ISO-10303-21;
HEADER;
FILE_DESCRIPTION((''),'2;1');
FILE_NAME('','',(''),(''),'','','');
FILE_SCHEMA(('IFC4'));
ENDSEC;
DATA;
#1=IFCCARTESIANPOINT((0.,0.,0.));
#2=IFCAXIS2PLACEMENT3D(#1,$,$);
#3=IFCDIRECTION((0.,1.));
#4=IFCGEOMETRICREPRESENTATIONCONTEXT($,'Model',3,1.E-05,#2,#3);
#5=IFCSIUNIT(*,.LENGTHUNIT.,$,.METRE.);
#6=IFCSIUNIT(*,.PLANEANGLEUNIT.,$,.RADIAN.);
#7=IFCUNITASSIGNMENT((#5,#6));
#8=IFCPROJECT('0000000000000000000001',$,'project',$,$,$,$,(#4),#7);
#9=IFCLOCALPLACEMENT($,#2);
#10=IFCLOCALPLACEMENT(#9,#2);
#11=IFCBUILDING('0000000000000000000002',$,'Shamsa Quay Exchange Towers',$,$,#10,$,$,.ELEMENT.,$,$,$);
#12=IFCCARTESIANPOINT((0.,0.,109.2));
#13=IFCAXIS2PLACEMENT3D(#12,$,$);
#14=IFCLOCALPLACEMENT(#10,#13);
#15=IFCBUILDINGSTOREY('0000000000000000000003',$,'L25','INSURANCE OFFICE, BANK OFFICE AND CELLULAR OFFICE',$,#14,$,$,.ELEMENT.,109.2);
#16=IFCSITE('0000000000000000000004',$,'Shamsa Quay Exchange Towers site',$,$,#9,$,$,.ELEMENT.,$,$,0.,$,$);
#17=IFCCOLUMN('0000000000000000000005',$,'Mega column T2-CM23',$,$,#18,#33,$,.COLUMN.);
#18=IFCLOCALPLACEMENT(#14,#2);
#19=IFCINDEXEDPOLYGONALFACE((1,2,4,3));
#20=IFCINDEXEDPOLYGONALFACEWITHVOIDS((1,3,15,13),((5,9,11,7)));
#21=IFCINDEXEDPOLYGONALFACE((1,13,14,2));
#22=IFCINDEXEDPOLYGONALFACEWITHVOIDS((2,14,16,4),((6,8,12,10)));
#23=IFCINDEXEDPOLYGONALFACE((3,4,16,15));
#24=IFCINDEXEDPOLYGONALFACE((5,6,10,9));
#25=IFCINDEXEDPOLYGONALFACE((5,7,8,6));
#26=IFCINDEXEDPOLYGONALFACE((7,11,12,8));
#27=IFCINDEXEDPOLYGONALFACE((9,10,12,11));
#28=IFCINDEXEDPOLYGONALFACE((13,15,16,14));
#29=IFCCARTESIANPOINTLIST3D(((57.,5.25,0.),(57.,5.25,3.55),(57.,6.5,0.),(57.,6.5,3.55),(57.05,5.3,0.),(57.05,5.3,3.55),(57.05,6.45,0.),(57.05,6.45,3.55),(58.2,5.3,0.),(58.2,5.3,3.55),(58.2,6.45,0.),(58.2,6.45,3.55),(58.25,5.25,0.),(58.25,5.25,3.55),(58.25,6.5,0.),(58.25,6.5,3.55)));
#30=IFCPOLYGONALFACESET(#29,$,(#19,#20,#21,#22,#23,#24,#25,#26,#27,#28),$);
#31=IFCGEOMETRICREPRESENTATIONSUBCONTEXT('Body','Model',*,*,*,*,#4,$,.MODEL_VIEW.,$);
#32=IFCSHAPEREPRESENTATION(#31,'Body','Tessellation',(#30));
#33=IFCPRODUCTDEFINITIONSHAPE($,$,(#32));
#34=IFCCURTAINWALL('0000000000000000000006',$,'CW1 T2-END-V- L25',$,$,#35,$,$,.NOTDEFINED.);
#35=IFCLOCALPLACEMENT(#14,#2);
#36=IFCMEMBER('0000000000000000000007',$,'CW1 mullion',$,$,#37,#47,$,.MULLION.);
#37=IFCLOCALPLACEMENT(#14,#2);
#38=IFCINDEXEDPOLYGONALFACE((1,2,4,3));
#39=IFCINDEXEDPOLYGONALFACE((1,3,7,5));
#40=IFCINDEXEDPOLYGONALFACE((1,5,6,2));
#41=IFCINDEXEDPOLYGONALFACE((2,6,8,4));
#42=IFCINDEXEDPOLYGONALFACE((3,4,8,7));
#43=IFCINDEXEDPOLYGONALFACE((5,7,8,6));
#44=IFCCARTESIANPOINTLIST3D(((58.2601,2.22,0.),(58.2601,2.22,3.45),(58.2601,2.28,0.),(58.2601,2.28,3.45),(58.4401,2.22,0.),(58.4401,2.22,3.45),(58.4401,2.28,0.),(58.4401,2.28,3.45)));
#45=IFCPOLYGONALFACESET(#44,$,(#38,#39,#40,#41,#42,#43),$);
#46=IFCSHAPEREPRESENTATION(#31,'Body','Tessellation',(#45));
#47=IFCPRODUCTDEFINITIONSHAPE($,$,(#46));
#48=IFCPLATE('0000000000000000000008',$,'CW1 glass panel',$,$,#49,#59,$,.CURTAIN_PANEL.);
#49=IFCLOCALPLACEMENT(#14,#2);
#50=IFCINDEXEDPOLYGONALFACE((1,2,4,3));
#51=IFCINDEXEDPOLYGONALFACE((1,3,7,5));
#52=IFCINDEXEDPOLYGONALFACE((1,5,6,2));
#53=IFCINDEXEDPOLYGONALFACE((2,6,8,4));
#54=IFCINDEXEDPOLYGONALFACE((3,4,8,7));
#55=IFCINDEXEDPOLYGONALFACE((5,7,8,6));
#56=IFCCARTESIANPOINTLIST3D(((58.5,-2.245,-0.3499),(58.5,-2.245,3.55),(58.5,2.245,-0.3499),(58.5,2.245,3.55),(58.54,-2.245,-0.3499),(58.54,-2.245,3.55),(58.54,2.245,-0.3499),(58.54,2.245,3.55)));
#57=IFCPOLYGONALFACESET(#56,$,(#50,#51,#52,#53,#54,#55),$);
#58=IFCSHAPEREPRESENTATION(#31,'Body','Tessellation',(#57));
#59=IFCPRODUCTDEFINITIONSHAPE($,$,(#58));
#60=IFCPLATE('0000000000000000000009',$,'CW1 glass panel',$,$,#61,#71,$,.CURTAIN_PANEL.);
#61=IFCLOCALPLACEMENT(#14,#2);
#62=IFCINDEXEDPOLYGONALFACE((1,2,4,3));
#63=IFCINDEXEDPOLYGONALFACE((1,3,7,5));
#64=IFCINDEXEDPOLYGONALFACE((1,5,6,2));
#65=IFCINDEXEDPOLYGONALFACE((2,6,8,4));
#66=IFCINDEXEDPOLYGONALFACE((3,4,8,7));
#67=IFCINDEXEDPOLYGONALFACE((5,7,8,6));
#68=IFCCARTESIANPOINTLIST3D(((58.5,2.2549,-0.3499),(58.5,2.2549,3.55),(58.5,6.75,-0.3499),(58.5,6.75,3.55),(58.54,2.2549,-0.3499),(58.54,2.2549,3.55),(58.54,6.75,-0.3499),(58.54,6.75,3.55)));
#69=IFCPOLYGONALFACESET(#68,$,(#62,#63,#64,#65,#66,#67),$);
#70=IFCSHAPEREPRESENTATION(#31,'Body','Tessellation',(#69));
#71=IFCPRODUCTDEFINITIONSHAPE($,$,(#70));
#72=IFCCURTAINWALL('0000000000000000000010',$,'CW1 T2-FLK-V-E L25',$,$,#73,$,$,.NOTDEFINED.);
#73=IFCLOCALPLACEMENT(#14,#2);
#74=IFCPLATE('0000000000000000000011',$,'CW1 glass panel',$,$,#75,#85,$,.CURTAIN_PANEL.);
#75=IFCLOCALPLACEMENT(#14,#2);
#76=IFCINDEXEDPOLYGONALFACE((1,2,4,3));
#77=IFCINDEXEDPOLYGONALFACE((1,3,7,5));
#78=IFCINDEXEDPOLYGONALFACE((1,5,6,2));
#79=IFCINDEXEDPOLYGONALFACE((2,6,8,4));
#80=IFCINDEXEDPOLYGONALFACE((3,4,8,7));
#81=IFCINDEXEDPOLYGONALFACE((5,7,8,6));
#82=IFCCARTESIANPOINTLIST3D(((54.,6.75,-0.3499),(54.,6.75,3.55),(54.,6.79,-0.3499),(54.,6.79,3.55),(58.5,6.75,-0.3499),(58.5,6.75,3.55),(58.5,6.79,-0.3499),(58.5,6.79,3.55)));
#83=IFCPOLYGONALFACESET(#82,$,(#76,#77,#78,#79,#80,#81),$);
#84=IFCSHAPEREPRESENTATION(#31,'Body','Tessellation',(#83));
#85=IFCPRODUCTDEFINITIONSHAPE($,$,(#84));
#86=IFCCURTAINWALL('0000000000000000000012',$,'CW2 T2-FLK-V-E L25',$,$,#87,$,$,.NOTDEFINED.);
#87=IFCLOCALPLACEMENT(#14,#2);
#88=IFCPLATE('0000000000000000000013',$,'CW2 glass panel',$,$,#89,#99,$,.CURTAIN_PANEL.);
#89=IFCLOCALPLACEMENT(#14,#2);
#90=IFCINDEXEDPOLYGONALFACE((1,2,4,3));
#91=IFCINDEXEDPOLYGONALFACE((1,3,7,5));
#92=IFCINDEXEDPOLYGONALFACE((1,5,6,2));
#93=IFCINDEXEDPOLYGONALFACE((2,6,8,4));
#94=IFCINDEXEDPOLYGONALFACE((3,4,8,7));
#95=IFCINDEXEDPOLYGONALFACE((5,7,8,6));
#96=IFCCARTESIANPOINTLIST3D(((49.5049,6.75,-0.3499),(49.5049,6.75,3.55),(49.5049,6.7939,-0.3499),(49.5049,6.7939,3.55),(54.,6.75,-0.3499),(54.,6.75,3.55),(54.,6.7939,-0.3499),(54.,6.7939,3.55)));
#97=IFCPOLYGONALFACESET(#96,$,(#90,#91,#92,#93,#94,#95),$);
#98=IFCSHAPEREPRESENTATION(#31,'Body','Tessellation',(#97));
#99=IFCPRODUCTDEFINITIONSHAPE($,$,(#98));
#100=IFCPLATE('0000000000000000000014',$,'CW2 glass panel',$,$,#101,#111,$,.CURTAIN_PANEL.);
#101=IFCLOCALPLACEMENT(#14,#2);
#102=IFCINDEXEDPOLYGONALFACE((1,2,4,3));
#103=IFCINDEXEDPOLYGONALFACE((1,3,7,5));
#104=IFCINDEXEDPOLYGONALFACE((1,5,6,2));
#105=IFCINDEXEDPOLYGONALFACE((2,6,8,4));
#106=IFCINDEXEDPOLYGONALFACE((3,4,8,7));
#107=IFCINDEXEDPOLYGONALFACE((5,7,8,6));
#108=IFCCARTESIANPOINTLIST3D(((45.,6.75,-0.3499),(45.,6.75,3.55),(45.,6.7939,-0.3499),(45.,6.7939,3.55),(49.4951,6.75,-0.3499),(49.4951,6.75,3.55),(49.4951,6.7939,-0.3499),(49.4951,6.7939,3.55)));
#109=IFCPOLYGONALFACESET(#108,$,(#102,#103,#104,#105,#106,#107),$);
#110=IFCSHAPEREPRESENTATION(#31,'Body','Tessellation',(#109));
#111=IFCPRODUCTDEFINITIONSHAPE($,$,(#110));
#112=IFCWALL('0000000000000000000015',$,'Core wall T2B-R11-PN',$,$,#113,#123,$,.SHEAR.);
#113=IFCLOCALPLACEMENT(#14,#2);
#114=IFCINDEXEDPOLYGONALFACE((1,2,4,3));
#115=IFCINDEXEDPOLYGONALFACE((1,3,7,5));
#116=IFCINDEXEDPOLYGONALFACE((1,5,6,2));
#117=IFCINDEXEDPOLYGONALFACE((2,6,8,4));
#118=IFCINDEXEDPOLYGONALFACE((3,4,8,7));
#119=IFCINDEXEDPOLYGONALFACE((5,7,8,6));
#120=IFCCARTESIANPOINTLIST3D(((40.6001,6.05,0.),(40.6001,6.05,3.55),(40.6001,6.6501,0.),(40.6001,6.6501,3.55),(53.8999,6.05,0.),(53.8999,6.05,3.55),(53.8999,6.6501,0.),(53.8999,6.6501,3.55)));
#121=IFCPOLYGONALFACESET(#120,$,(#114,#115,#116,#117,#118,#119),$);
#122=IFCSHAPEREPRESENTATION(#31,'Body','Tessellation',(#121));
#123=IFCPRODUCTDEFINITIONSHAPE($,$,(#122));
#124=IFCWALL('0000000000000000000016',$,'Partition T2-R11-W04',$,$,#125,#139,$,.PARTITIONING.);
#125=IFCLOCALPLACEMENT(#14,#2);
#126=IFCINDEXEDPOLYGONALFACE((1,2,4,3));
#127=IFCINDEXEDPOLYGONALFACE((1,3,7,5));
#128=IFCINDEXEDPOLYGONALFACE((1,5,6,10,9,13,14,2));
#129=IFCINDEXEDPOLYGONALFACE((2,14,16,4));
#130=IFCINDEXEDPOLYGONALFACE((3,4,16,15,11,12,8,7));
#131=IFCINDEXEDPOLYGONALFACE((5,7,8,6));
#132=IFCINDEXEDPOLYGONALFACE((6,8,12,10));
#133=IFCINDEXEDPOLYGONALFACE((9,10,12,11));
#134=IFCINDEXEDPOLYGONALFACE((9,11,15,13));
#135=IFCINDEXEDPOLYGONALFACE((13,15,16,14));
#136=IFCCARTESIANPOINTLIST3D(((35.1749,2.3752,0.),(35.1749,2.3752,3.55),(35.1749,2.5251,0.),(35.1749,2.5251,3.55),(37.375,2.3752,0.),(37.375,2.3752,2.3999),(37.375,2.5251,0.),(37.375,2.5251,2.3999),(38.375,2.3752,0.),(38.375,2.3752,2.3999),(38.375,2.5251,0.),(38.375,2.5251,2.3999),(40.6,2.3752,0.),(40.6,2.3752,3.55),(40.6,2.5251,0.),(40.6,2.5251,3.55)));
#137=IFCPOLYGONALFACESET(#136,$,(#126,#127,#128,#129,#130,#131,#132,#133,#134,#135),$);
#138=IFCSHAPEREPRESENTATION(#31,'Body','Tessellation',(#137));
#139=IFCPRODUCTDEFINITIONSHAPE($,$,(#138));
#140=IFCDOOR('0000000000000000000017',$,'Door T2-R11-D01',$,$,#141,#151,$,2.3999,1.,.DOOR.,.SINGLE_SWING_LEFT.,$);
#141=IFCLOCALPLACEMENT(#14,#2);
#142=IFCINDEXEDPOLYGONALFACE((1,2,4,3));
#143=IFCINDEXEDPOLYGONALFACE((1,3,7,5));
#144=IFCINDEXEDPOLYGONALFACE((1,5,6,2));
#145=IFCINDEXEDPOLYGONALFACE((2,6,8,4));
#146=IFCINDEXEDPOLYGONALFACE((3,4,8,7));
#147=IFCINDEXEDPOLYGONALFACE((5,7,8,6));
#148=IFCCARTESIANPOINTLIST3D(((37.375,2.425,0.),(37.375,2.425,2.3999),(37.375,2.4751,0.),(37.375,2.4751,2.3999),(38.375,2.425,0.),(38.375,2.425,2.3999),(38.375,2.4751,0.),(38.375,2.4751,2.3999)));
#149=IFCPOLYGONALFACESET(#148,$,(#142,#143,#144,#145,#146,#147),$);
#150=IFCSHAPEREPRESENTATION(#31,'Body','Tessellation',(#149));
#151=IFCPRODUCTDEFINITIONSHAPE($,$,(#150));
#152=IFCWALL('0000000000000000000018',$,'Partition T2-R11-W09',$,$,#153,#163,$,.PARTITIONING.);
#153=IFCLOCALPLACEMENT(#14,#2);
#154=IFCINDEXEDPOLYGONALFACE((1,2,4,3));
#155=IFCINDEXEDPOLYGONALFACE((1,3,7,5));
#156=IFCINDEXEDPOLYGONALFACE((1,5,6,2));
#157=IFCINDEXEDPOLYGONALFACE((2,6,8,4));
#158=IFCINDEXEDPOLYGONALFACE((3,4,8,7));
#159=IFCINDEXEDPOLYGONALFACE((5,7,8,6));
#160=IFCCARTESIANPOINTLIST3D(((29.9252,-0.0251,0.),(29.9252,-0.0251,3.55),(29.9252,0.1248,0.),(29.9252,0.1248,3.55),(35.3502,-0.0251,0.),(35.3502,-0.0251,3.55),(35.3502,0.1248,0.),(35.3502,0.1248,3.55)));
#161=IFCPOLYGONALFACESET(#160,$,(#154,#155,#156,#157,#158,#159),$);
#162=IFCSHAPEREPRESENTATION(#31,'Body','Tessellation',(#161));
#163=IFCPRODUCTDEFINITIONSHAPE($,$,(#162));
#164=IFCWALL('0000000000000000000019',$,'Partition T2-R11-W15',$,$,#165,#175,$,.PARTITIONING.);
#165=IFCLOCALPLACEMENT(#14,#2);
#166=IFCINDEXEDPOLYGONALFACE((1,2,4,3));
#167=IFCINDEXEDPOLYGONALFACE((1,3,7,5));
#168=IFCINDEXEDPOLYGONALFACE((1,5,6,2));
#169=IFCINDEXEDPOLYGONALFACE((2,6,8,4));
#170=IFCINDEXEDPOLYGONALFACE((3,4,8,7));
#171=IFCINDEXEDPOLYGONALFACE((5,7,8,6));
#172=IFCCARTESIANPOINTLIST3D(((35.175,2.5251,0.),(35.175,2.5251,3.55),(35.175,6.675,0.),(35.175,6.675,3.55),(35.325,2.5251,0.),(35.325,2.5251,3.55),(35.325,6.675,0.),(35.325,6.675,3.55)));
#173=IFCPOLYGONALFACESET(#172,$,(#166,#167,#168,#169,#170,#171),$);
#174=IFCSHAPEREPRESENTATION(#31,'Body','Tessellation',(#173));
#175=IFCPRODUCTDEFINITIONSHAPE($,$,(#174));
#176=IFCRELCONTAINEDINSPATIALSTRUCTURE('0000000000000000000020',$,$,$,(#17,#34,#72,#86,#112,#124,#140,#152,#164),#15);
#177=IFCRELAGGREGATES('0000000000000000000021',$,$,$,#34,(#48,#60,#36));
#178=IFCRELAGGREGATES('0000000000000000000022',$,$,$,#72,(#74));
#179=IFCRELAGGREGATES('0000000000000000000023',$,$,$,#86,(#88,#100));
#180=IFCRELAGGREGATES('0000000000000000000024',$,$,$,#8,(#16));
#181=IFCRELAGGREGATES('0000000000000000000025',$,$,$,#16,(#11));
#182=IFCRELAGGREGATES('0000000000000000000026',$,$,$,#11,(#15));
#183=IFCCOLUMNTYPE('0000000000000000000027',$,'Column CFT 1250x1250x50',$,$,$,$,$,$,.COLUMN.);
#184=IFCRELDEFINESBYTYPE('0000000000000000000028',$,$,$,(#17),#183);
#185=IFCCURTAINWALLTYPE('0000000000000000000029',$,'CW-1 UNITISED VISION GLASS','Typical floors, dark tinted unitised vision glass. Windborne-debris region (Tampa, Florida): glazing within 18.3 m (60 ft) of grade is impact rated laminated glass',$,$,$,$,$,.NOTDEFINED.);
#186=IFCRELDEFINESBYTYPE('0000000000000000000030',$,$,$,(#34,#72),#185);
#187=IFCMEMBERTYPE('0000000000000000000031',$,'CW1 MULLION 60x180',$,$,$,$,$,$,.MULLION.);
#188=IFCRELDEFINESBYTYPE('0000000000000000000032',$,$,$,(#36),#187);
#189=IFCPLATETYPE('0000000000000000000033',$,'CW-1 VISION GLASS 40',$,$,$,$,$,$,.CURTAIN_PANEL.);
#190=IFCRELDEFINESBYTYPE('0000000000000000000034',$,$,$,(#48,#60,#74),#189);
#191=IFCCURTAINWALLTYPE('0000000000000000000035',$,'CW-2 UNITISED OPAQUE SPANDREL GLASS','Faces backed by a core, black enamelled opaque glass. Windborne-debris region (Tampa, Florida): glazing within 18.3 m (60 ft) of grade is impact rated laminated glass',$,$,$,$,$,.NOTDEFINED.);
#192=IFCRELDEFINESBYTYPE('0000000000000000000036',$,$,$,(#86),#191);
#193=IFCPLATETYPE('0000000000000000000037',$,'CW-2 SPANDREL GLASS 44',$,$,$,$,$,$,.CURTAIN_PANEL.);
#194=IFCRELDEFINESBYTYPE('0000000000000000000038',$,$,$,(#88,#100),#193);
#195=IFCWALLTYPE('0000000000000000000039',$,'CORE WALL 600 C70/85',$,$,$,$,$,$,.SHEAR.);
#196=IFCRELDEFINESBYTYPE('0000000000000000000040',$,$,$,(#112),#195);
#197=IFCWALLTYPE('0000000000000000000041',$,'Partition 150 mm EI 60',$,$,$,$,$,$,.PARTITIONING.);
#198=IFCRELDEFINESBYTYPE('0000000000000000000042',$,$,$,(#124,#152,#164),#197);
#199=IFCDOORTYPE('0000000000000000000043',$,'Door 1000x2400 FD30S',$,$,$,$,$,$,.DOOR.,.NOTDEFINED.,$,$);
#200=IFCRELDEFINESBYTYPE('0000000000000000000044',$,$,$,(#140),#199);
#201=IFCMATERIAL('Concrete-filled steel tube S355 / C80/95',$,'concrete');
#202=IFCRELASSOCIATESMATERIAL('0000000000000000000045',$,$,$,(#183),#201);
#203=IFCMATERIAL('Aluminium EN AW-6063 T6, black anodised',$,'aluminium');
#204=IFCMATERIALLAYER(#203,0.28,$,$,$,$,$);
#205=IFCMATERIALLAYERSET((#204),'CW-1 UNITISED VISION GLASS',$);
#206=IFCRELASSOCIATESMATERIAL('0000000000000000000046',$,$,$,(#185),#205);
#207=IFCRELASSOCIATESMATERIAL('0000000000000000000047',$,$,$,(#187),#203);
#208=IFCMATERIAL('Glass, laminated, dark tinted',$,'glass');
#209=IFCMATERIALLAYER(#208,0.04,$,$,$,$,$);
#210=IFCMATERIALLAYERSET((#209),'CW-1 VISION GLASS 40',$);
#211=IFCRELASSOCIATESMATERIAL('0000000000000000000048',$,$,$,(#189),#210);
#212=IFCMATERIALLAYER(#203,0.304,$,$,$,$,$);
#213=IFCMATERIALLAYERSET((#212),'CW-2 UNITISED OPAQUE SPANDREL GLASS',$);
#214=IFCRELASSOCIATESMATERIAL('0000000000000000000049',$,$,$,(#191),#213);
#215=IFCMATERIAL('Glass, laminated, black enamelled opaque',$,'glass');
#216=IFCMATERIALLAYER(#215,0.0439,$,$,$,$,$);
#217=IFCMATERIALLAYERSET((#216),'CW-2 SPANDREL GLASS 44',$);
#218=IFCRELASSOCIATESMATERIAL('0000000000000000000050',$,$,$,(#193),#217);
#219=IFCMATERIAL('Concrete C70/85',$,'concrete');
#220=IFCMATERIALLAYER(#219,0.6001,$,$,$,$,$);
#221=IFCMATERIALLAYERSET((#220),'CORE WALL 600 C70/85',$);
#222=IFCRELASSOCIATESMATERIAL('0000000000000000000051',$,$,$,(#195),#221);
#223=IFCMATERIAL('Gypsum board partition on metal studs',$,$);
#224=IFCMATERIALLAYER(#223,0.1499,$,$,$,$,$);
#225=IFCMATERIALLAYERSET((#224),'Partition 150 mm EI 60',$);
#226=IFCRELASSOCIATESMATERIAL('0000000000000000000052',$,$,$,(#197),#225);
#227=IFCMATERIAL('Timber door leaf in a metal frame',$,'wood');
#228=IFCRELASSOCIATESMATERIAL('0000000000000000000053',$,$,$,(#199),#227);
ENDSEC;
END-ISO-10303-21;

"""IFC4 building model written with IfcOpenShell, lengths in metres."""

from ifc_helpers import new_model, si_unit, direction, frame, frame_2d, origin, origin_2d, place, context, subcontext, project, spatial, rectangle, hollow_rectangle, extrude, material, layer, layer_set, material_profile, profile_set, type_object, element, fill, aggregate, save


model = new_model("IFC4")

# Units and contexts
model_context = context("Model", 3, precision=1e-05, world=origin(), true_north=direction((0.0, 1.0)))
body_context = subcontext(model_context, "Body", "Model", "MODEL_VIEW")
ifc_project = project(units=[si_unit("LENGTHUNIT", "METRE"), si_unit("PLANEANGLEUNIT", "RADIAN")], contexts=[model_context])

# Site, building, storey
site_placement = place(None, origin())
site = spatial("IfcSite", under=ifc_project, at=site_placement, Name="Shamsa Quay Exchange Towers site", CompositionType="ELEMENT", RefElevation=0.0)
building_placement = place(site_placement, origin())
building = spatial("IfcBuilding", under=site, at=building_placement, Name="Shamsa Quay Exchange Towers", CompositionType="ELEMENT")
storey_placement = place(building_placement, frame((0.0, 0.0, 109.2)))
storey = spatial("IfcBuildingStorey", under=building, at=storey_placement, Name="L25", Description="INSURANCE OFFICE, BANK OFFICE AND CELLULAR OFFICE", CompositionType="ELEMENT", Elevation=109.2)

# Column
ifc_material_1 = material(Name="Concrete-filled steel tube S355 / C80/95", Category="concrete")
ifc_material_profile_1 = material_profile(ifc_material_1, hollow_rectangle(XDim=1.25, YDim=1.25, WallThickness=0.05, at=origin_2d()), Name="CFT 1250x1250x50")
ifc_profile_set_1 = profile_set([ifc_material_profile_1], Name="Concrete-filled steel tube S355 / C80/95")
column_type = type_object("IfcColumnType", Name="Column CFT 1250x1250x50", PredefinedType="COLUMN", material=ifc_profile_set_1)
column_placement = place(storey_placement, frame((57.625, 5.875, 0.0)))
element("IfcColumn", 1, at=column_placement, inside=storey, type_object=column_type, Name="Mega column T2-CM23", PredefinedType="COLUMN", context=body_context, shape_type="SweptSolid", body=[
    extrude(hollow_rectangle(XDim=1.25, YDim=1.25, WallThickness=0.05, at=origin_2d()), origin(), (0.0, 0.0, 1.0), 3.55),
])

# Curtain wall, member, plates
ifc_material_2 = material(Name="Aluminium EN AW-6063 T6, black anodised", Category="aluminium")
ifc_layer_1 = layer(ifc_material_2, 0.28)
ifc_layer_set_1 = layer_set([ifc_layer_1], Name="CW-1 UNITISED VISION GLASS")
curtain_wall_type_1 = type_object("IfcCurtainWallType", Name="CW-1 UNITISED VISION GLASS", Description="Typical floors, dark tinted unitised vision glass. Windborne-debris region (Tampa, Florida): glazing within 18.3 m (60 ft) of grade is impact rated laminated glass", PredefinedType="NOTDEFINED", material=ifc_layer_set_1)
curtain_wall_1_placement = place(storey_placement, origin())
curtain_wall_1 = element("IfcCurtainWall", 2, at=curtain_wall_1_placement, inside=storey, type_object=curtain_wall_type_1, Name="CW1 T2-END-V- L25", PredefinedType="NOTDEFINED")
ifc_material_profile_2 = material_profile(ifc_material_2, rectangle(XDim=0.1799, YDim=0.0601, at=origin_2d()), Name="MU60x180")
ifc_profile_set_2 = profile_set([ifc_material_profile_2], Name="Aluminium EN AW-6063 T6, black anodised")
member_type = type_object("IfcMemberType", Name="CW1 MULLION 60x180", PredefinedType="MULLION", material=ifc_profile_set_2)
member_placement = place(storey_placement, frame((58.3501, 2.25, 0.0), z_axis=(0.0, 0.0, 1.0), x_axis=(-1.0, 0.0, 0.0)))
member = element("IfcMember", 3, at=member_placement, type_object=member_type, Name="CW1 mullion", PredefinedType="MULLION", context=body_context, shape_type="SweptSolid", body=[
    extrude(rectangle(XDim=0.1799, YDim=0.0601, at=origin_2d()), origin(), (0.0, 0.0, 1.0), 3.45),
])
ifc_material_3 = material(Name="Glass, laminated, dark tinted", Category="glass")
ifc_layer_2 = layer(ifc_material_3, 0.04)
ifc_layer_set_2 = layer_set([ifc_layer_2], Name="CW-1 VISION GLASS 40")
plate_type_1 = type_object("IfcPlateType", Name="CW-1 VISION GLASS 40", PredefinedType="CURTAIN_PANEL", material=ifc_layer_set_2)
plate_1_placement = place(storey_placement, frame((58.52, 0.0, -0.3499), z_axis=(0.0, 0.0, 1.0), x_axis=(0.0, 1.0, 0.0)))
plate_1 = element("IfcPlate", 4, at=plate_1_placement, type_object=plate_type_1, Name="CW1 glass panel", PredefinedType="CURTAIN_PANEL", context=body_context, shape_type="SweptSolid", body=[
    extrude(rectangle(XDim=4.49, YDim=0.04, at=origin_2d()), origin(), (0.0, 0.0, 1.0), 3.8999),
])
plate_2_placement = place(storey_placement, frame((58.52, 4.5024, -0.3499), z_axis=(0.0, 0.0, 1.0), x_axis=(0.0, 1.0, 0.0)))
plate_2 = element("IfcPlate", 5, at=plate_2_placement, type_object=plate_type_1, Name="CW1 glass panel", PredefinedType="CURTAIN_PANEL", context=body_context, shape_type="SweptSolid", body=[
    extrude(rectangle(XDim=4.4951, YDim=0.04, at=origin_2d()), origin(), (0.0, 0.0, 1.0), 3.8999),
])
aggregate(curtain_wall_1, [plate_1, plate_2, member])

# Curtain wall, plate
curtain_wall_2_placement = place(storey_placement, origin())
curtain_wall_2 = element("IfcCurtainWall", 6, at=curtain_wall_2_placement, inside=storey, type_object=curtain_wall_type_1, Name="CW1 T2-FLK-V-E L25", PredefinedType="NOTDEFINED")
plate_3_placement = place(storey_placement, frame((56.25, 6.77, -0.3499), z_axis=(0.0, 0.0, 1.0), x_axis=(-1.0, 0.0, 0.0)))
plate_3 = element("IfcPlate", 7, at=plate_3_placement, type_object=plate_type_1, Name="CW1 glass panel", PredefinedType="CURTAIN_PANEL", context=body_context, shape_type="SweptSolid", body=[
    extrude(rectangle(XDim=4.5, YDim=0.04, at=origin_2d()), origin(), (0.0, 0.0, 1.0), 3.8999),
])
aggregate(curtain_wall_2, [plate_3])

# Curtain wall, plates
ifc_layer_3 = layer(ifc_material_2, 0.304)
ifc_layer_set_3 = layer_set([ifc_layer_3], Name="CW-2 UNITISED OPAQUE SPANDREL GLASS")
curtain_wall_type_2 = type_object("IfcCurtainWallType", Name="CW-2 UNITISED OPAQUE SPANDREL GLASS", Description="Faces backed by a core, black enamelled opaque glass. Windborne-debris region (Tampa, Florida): glazing within 18.3 m (60 ft) of grade is impact rated laminated glass", PredefinedType="NOTDEFINED", material=ifc_layer_set_3)
curtain_wall_3_placement = place(storey_placement, origin())
curtain_wall_3 = element("IfcCurtainWall", 8, at=curtain_wall_3_placement, inside=storey, type_object=curtain_wall_type_2, Name="CW2 T2-FLK-V-E L25", PredefinedType="NOTDEFINED")
ifc_material_4 = material(Name="Glass, laminated, black enamelled opaque", Category="glass")
ifc_layer_4 = layer(ifc_material_4, 0.0439)
ifc_layer_set_4 = layer_set([ifc_layer_4], Name="CW-2 SPANDREL GLASS 44")
plate_type_2 = type_object("IfcPlateType", Name="CW-2 SPANDREL GLASS 44", PredefinedType="CURTAIN_PANEL", material=ifc_layer_set_4)
plate_4_placement = place(storey_placement, frame((51.7524, 6.772, -0.3499), z_axis=(0.0, 0.0, 1.0), x_axis=(-1.0, 0.0, 0.0)))
plate_4 = element("IfcPlate", 9, at=plate_4_placement, type_object=plate_type_2, Name="CW2 glass panel", PredefinedType="CURTAIN_PANEL", context=body_context, shape_type="SweptSolid", body=[
    extrude(rectangle(XDim=4.4951, YDim=0.0439, at=origin_2d()), origin(), (0.0, 0.0, 1.0), 3.8999),
])
plate_5_placement = place(storey_placement, frame((47.2476, 6.772, -0.3499), z_axis=(0.0, 0.0, 1.0), x_axis=(-1.0, 0.0, 0.0)))
plate_5 = element("IfcPlate", 10, at=plate_5_placement, type_object=plate_type_2, Name="CW2 glass panel", PredefinedType="CURTAIN_PANEL", context=body_context, shape_type="SweptSolid", body=[
    extrude(rectangle(XDim=4.4951, YDim=0.0439, at=origin_2d()), origin(), (0.0, 0.0, 1.0), 3.8999),
])
aggregate(curtain_wall_3, [plate_4, plate_5])

# Wall
ifc_material_5 = material(Name="Concrete C70/85", Category="concrete")
ifc_layer_5 = layer(ifc_material_5, 0.6001)
ifc_layer_set_5 = layer_set([ifc_layer_5], Name="CORE WALL 600 C70/85")
wall_type_1 = type_object("IfcWallType", Name="CORE WALL 600 C70/85", PredefinedType="SHEAR", material=ifc_layer_set_5)
wall_1_placement = place(storey_placement, frame((53.8999, 6.3501, 0.0), z_axis=(0.0, 0.0, 1.0), x_axis=(-1.0, 0.0, 0.0)))
element("IfcWall", 11, at=wall_1_placement, inside=storey, type_object=wall_type_1, Name="Core wall T2B-R11-PN", PredefinedType="SHEAR", context=body_context, shape_type="SweptSolid", body=[
    extrude(rectangle(XDim=13.2998, YDim=0.6001, at=frame_2d((6.6499, 0.0))), origin(), (0.0, 0.0, 1.0), 3.55),
])

# Wall, opening, door
ifc_material_6 = material(Name="Gypsum board partition on metal studs")
ifc_layer_6 = layer(ifc_material_6, 0.1499)
ifc_layer_set_6 = layer_set([ifc_layer_6], Name="Partition 150 mm EI 60")
wall_type_2 = type_object("IfcWallType", Name="Partition 150 mm EI 60", PredefinedType="PARTITIONING", material=ifc_layer_set_6)
wall_2_placement = place(storey_placement, frame((35.175, 2.4502, 0.0)))
wall_2 = element("IfcWall", 12, at=wall_2_placement, inside=storey, type_object=wall_type_2, Name="Partition T2-R11-W04", PredefinedType="PARTITIONING", context=body_context, shape_type="SweptSolid", body=[
    extrude(rectangle(XDim=5.425, YDim=0.1499, at=frame_2d((2.7124, 0.0))), origin(), (0.0, 0.0, 1.0), 3.55),
])
opening_1_placement = place(wall_2_placement, frame((2.2, 0.0, 0.0)))
opening_1 = element("IfcOpeningElement", 13, at=opening_1_placement, cuts=wall_2, PredefinedType="OPENING", context=body_context, shape_type="SweptSolid", body=[
    extrude(rectangle(XDim=1.0, YDim=2.3999, at=frame_2d((0.5, 1.2))), frame((0.0, 0.085, 0.0), z_axis=(0.0, -1.0, 0.0), x_axis=(1.0, 0.0, 0.0)), (0.0, 0.0, 1.0), 0.1699),
])
ifc_material_7 = material(Name="Timber door leaf in a metal frame", Category="wood")
door_type_1 = type_object("IfcDoorType", Name="Door 1000x2400 FD30S", OperationType="NOTDEFINED", PredefinedType="DOOR", material=ifc_material_7)
door_1_placement = place(opening_1_placement, origin())
door_1 = element("IfcDoor", 14, at=door_1_placement, inside=storey, type_object=door_type_1, Name="Door T2-R11-D01", OperationType="SINGLE_SWING_LEFT", OverallHeight=2.3999, OverallWidth=1.0, PredefinedType="DOOR", context=body_context, shape_type="SweptSolid", body=[
    extrude(rectangle(XDim=1.0, YDim=2.3999, at=frame_2d((0.5, 1.2))), frame((0.0, 0.0249, 0.0), z_axis=(0.0, -1.0, 0.0), x_axis=(1.0, 0.0, 0.0)), (0.0, 0.0, 1.0), 0.05),
])
fill(opening_1, door_1)

# Walls
wall_3_placement = place(storey_placement, frame((35.3501, 0.0498, 0.0), z_axis=(0.0, 0.0, 1.0), x_axis=(-1.0, 0.0, 0.0)))
element("IfcWall", 15, at=wall_3_placement, inside=storey, type_object=wall_type_2, Name="Partition T2-R11-W09", PredefinedType="PARTITIONING", context=body_context, shape_type="SweptSolid", body=[
    extrude(rectangle(XDim=5.425, YDim=0.1499, at=frame_2d((2.7124, 0.0))), origin(), (0.0, 0.0, 1.0), 3.55),
])
wall_4_placement = place(storey_placement, frame((35.25, 6.675, 0.0), z_axis=(0.0, 0.0, 1.0), x_axis=(0.0, -1.0, 0.0)))
element("IfcWall", 16, at=wall_4_placement, inside=storey, type_object=wall_type_2, Name="Partition T2-R11-W15", PredefinedType="PARTITIONING", context=body_context, shape_type="SweptSolid", body=[
    extrude(rectangle(XDim=4.1499, YDim=0.1499, at=frame_2d((2.075, 0.0))), origin(), (0.0, 0.0, 1.0), 3.55),
])

save(model, "model.ifc")
